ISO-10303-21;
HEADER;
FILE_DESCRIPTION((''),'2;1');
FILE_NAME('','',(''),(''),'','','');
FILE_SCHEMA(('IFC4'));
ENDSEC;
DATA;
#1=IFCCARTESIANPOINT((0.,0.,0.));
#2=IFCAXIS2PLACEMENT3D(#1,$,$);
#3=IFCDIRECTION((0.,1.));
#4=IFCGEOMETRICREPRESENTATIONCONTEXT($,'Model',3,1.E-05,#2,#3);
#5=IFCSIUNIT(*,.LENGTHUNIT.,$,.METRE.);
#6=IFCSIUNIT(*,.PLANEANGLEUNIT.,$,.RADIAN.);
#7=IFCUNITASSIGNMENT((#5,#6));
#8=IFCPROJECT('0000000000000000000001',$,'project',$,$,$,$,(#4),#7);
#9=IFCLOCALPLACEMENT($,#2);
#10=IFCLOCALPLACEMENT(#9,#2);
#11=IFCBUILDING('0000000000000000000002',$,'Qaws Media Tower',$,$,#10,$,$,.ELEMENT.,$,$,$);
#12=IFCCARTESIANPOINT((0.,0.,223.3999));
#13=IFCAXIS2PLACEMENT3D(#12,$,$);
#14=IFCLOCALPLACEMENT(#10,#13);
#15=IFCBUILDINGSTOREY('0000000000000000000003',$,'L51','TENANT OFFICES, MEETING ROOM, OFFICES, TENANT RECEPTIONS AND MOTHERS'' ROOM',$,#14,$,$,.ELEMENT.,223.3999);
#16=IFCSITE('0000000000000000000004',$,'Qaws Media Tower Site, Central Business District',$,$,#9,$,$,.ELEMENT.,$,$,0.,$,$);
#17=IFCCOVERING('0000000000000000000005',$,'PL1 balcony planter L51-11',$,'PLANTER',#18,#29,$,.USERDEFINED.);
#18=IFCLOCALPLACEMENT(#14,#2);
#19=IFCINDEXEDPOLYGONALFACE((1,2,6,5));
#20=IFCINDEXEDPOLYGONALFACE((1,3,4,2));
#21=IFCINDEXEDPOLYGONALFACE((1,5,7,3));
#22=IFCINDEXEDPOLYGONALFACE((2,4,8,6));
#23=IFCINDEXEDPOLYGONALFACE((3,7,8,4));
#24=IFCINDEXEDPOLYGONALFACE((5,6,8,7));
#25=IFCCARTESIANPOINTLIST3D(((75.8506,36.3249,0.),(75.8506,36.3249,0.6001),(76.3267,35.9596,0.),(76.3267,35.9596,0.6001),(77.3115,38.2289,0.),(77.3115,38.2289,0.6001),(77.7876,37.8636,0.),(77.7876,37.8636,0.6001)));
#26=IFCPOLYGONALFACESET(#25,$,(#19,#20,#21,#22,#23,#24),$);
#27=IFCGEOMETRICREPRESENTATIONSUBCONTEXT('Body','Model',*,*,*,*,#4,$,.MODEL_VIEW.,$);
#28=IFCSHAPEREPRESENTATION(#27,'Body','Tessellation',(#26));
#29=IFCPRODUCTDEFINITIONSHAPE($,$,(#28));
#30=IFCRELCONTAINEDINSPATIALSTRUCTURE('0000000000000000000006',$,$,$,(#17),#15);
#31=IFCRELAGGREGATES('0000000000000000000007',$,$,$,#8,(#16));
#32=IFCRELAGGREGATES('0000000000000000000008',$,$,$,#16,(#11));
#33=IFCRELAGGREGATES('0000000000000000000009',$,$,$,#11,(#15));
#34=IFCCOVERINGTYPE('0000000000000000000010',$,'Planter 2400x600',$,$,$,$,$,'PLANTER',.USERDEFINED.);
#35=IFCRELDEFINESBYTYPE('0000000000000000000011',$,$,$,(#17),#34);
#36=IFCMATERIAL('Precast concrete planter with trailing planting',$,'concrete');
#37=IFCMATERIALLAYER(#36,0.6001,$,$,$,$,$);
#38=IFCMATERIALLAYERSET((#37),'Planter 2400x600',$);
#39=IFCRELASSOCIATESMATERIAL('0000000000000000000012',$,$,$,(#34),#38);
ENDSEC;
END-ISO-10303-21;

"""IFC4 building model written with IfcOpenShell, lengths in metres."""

from ifc_helpers import new_model, si_unit, direction, frame, origin, origin_2d, place, context, subcontext, project, spatial, rectangle, extrude, material, layer, layer_set, type_object, element, save


model = new_model("IFC4")

# Units and contexts
model_context = context("Model", 3, precision=1e-05, world=origin(), true_north=direction((0.0, 1.0)))
body_context = subcontext(model_context, "Body", "Model", "MODEL_VIEW")
ifc_project = project(units=[si_unit("LENGTHUNIT", "METRE"), si_unit("PLANEANGLEUNIT", "RADIAN")], contexts=[model_context])

# Site, building, storey
site_placement = place(None, origin())
site = spatial("IfcSite", under=ifc_project, at=site_placement, Name="Qaws Media Tower Site, Central Business District", CompositionType="ELEMENT", RefElevation=0.0)
building_placement = place(site_placement, origin())
building = spatial("IfcBuilding", under=site, at=building_placement, Name="Qaws Media Tower", CompositionType="ELEMENT")
storey_placement = place(building_placement, frame((0.0, 0.0, 223.3999)))
storey = spatial("IfcBuildingStorey", under=building, at=storey_placement, Name="L51", Description="TENANT OFFICES, MEETING ROOM, OFFICES, TENANT RECEPTIONS AND MOTHERS' ROOM", CompositionType="ELEMENT", Elevation=223.3999)

# Covering
ifc_material_1 = material(Name="Precast concrete planter with trailing planting", Category="concrete")
ifc_layer_1 = layer(ifc_material_1, 0.6001)
ifc_layer_set_1 = layer_set([ifc_layer_1], Name="Planter 2400x600")
covering_type = type_object("IfcCoveringType", Name="Planter 2400x600", ElementType="PLANTER", PredefinedType="USERDEFINED", material=ifc_layer_set_1)
covering_placement = place(storey_placement, frame((76.8191, 37.0942, 0.0), z_axis=(0.0, 0.0, 1.0), x_axis=(0.608761, 0.793353, 0.0)))
element("IfcCovering", 1, at=covering_placement, inside=storey, type_object=covering_type, Name="PL1 balcony planter L51-11", ObjectType="PLANTER", PredefinedType="USERDEFINED", context=body_context, shape_type="SweptSolid", body=[
    extrude(rectangle(XDim=2.3999, YDim=0.6001, at=origin_2d()), origin(), (0.0, 0.0, 1.0), 0.6001),
])

save(model, "model.ifc")
